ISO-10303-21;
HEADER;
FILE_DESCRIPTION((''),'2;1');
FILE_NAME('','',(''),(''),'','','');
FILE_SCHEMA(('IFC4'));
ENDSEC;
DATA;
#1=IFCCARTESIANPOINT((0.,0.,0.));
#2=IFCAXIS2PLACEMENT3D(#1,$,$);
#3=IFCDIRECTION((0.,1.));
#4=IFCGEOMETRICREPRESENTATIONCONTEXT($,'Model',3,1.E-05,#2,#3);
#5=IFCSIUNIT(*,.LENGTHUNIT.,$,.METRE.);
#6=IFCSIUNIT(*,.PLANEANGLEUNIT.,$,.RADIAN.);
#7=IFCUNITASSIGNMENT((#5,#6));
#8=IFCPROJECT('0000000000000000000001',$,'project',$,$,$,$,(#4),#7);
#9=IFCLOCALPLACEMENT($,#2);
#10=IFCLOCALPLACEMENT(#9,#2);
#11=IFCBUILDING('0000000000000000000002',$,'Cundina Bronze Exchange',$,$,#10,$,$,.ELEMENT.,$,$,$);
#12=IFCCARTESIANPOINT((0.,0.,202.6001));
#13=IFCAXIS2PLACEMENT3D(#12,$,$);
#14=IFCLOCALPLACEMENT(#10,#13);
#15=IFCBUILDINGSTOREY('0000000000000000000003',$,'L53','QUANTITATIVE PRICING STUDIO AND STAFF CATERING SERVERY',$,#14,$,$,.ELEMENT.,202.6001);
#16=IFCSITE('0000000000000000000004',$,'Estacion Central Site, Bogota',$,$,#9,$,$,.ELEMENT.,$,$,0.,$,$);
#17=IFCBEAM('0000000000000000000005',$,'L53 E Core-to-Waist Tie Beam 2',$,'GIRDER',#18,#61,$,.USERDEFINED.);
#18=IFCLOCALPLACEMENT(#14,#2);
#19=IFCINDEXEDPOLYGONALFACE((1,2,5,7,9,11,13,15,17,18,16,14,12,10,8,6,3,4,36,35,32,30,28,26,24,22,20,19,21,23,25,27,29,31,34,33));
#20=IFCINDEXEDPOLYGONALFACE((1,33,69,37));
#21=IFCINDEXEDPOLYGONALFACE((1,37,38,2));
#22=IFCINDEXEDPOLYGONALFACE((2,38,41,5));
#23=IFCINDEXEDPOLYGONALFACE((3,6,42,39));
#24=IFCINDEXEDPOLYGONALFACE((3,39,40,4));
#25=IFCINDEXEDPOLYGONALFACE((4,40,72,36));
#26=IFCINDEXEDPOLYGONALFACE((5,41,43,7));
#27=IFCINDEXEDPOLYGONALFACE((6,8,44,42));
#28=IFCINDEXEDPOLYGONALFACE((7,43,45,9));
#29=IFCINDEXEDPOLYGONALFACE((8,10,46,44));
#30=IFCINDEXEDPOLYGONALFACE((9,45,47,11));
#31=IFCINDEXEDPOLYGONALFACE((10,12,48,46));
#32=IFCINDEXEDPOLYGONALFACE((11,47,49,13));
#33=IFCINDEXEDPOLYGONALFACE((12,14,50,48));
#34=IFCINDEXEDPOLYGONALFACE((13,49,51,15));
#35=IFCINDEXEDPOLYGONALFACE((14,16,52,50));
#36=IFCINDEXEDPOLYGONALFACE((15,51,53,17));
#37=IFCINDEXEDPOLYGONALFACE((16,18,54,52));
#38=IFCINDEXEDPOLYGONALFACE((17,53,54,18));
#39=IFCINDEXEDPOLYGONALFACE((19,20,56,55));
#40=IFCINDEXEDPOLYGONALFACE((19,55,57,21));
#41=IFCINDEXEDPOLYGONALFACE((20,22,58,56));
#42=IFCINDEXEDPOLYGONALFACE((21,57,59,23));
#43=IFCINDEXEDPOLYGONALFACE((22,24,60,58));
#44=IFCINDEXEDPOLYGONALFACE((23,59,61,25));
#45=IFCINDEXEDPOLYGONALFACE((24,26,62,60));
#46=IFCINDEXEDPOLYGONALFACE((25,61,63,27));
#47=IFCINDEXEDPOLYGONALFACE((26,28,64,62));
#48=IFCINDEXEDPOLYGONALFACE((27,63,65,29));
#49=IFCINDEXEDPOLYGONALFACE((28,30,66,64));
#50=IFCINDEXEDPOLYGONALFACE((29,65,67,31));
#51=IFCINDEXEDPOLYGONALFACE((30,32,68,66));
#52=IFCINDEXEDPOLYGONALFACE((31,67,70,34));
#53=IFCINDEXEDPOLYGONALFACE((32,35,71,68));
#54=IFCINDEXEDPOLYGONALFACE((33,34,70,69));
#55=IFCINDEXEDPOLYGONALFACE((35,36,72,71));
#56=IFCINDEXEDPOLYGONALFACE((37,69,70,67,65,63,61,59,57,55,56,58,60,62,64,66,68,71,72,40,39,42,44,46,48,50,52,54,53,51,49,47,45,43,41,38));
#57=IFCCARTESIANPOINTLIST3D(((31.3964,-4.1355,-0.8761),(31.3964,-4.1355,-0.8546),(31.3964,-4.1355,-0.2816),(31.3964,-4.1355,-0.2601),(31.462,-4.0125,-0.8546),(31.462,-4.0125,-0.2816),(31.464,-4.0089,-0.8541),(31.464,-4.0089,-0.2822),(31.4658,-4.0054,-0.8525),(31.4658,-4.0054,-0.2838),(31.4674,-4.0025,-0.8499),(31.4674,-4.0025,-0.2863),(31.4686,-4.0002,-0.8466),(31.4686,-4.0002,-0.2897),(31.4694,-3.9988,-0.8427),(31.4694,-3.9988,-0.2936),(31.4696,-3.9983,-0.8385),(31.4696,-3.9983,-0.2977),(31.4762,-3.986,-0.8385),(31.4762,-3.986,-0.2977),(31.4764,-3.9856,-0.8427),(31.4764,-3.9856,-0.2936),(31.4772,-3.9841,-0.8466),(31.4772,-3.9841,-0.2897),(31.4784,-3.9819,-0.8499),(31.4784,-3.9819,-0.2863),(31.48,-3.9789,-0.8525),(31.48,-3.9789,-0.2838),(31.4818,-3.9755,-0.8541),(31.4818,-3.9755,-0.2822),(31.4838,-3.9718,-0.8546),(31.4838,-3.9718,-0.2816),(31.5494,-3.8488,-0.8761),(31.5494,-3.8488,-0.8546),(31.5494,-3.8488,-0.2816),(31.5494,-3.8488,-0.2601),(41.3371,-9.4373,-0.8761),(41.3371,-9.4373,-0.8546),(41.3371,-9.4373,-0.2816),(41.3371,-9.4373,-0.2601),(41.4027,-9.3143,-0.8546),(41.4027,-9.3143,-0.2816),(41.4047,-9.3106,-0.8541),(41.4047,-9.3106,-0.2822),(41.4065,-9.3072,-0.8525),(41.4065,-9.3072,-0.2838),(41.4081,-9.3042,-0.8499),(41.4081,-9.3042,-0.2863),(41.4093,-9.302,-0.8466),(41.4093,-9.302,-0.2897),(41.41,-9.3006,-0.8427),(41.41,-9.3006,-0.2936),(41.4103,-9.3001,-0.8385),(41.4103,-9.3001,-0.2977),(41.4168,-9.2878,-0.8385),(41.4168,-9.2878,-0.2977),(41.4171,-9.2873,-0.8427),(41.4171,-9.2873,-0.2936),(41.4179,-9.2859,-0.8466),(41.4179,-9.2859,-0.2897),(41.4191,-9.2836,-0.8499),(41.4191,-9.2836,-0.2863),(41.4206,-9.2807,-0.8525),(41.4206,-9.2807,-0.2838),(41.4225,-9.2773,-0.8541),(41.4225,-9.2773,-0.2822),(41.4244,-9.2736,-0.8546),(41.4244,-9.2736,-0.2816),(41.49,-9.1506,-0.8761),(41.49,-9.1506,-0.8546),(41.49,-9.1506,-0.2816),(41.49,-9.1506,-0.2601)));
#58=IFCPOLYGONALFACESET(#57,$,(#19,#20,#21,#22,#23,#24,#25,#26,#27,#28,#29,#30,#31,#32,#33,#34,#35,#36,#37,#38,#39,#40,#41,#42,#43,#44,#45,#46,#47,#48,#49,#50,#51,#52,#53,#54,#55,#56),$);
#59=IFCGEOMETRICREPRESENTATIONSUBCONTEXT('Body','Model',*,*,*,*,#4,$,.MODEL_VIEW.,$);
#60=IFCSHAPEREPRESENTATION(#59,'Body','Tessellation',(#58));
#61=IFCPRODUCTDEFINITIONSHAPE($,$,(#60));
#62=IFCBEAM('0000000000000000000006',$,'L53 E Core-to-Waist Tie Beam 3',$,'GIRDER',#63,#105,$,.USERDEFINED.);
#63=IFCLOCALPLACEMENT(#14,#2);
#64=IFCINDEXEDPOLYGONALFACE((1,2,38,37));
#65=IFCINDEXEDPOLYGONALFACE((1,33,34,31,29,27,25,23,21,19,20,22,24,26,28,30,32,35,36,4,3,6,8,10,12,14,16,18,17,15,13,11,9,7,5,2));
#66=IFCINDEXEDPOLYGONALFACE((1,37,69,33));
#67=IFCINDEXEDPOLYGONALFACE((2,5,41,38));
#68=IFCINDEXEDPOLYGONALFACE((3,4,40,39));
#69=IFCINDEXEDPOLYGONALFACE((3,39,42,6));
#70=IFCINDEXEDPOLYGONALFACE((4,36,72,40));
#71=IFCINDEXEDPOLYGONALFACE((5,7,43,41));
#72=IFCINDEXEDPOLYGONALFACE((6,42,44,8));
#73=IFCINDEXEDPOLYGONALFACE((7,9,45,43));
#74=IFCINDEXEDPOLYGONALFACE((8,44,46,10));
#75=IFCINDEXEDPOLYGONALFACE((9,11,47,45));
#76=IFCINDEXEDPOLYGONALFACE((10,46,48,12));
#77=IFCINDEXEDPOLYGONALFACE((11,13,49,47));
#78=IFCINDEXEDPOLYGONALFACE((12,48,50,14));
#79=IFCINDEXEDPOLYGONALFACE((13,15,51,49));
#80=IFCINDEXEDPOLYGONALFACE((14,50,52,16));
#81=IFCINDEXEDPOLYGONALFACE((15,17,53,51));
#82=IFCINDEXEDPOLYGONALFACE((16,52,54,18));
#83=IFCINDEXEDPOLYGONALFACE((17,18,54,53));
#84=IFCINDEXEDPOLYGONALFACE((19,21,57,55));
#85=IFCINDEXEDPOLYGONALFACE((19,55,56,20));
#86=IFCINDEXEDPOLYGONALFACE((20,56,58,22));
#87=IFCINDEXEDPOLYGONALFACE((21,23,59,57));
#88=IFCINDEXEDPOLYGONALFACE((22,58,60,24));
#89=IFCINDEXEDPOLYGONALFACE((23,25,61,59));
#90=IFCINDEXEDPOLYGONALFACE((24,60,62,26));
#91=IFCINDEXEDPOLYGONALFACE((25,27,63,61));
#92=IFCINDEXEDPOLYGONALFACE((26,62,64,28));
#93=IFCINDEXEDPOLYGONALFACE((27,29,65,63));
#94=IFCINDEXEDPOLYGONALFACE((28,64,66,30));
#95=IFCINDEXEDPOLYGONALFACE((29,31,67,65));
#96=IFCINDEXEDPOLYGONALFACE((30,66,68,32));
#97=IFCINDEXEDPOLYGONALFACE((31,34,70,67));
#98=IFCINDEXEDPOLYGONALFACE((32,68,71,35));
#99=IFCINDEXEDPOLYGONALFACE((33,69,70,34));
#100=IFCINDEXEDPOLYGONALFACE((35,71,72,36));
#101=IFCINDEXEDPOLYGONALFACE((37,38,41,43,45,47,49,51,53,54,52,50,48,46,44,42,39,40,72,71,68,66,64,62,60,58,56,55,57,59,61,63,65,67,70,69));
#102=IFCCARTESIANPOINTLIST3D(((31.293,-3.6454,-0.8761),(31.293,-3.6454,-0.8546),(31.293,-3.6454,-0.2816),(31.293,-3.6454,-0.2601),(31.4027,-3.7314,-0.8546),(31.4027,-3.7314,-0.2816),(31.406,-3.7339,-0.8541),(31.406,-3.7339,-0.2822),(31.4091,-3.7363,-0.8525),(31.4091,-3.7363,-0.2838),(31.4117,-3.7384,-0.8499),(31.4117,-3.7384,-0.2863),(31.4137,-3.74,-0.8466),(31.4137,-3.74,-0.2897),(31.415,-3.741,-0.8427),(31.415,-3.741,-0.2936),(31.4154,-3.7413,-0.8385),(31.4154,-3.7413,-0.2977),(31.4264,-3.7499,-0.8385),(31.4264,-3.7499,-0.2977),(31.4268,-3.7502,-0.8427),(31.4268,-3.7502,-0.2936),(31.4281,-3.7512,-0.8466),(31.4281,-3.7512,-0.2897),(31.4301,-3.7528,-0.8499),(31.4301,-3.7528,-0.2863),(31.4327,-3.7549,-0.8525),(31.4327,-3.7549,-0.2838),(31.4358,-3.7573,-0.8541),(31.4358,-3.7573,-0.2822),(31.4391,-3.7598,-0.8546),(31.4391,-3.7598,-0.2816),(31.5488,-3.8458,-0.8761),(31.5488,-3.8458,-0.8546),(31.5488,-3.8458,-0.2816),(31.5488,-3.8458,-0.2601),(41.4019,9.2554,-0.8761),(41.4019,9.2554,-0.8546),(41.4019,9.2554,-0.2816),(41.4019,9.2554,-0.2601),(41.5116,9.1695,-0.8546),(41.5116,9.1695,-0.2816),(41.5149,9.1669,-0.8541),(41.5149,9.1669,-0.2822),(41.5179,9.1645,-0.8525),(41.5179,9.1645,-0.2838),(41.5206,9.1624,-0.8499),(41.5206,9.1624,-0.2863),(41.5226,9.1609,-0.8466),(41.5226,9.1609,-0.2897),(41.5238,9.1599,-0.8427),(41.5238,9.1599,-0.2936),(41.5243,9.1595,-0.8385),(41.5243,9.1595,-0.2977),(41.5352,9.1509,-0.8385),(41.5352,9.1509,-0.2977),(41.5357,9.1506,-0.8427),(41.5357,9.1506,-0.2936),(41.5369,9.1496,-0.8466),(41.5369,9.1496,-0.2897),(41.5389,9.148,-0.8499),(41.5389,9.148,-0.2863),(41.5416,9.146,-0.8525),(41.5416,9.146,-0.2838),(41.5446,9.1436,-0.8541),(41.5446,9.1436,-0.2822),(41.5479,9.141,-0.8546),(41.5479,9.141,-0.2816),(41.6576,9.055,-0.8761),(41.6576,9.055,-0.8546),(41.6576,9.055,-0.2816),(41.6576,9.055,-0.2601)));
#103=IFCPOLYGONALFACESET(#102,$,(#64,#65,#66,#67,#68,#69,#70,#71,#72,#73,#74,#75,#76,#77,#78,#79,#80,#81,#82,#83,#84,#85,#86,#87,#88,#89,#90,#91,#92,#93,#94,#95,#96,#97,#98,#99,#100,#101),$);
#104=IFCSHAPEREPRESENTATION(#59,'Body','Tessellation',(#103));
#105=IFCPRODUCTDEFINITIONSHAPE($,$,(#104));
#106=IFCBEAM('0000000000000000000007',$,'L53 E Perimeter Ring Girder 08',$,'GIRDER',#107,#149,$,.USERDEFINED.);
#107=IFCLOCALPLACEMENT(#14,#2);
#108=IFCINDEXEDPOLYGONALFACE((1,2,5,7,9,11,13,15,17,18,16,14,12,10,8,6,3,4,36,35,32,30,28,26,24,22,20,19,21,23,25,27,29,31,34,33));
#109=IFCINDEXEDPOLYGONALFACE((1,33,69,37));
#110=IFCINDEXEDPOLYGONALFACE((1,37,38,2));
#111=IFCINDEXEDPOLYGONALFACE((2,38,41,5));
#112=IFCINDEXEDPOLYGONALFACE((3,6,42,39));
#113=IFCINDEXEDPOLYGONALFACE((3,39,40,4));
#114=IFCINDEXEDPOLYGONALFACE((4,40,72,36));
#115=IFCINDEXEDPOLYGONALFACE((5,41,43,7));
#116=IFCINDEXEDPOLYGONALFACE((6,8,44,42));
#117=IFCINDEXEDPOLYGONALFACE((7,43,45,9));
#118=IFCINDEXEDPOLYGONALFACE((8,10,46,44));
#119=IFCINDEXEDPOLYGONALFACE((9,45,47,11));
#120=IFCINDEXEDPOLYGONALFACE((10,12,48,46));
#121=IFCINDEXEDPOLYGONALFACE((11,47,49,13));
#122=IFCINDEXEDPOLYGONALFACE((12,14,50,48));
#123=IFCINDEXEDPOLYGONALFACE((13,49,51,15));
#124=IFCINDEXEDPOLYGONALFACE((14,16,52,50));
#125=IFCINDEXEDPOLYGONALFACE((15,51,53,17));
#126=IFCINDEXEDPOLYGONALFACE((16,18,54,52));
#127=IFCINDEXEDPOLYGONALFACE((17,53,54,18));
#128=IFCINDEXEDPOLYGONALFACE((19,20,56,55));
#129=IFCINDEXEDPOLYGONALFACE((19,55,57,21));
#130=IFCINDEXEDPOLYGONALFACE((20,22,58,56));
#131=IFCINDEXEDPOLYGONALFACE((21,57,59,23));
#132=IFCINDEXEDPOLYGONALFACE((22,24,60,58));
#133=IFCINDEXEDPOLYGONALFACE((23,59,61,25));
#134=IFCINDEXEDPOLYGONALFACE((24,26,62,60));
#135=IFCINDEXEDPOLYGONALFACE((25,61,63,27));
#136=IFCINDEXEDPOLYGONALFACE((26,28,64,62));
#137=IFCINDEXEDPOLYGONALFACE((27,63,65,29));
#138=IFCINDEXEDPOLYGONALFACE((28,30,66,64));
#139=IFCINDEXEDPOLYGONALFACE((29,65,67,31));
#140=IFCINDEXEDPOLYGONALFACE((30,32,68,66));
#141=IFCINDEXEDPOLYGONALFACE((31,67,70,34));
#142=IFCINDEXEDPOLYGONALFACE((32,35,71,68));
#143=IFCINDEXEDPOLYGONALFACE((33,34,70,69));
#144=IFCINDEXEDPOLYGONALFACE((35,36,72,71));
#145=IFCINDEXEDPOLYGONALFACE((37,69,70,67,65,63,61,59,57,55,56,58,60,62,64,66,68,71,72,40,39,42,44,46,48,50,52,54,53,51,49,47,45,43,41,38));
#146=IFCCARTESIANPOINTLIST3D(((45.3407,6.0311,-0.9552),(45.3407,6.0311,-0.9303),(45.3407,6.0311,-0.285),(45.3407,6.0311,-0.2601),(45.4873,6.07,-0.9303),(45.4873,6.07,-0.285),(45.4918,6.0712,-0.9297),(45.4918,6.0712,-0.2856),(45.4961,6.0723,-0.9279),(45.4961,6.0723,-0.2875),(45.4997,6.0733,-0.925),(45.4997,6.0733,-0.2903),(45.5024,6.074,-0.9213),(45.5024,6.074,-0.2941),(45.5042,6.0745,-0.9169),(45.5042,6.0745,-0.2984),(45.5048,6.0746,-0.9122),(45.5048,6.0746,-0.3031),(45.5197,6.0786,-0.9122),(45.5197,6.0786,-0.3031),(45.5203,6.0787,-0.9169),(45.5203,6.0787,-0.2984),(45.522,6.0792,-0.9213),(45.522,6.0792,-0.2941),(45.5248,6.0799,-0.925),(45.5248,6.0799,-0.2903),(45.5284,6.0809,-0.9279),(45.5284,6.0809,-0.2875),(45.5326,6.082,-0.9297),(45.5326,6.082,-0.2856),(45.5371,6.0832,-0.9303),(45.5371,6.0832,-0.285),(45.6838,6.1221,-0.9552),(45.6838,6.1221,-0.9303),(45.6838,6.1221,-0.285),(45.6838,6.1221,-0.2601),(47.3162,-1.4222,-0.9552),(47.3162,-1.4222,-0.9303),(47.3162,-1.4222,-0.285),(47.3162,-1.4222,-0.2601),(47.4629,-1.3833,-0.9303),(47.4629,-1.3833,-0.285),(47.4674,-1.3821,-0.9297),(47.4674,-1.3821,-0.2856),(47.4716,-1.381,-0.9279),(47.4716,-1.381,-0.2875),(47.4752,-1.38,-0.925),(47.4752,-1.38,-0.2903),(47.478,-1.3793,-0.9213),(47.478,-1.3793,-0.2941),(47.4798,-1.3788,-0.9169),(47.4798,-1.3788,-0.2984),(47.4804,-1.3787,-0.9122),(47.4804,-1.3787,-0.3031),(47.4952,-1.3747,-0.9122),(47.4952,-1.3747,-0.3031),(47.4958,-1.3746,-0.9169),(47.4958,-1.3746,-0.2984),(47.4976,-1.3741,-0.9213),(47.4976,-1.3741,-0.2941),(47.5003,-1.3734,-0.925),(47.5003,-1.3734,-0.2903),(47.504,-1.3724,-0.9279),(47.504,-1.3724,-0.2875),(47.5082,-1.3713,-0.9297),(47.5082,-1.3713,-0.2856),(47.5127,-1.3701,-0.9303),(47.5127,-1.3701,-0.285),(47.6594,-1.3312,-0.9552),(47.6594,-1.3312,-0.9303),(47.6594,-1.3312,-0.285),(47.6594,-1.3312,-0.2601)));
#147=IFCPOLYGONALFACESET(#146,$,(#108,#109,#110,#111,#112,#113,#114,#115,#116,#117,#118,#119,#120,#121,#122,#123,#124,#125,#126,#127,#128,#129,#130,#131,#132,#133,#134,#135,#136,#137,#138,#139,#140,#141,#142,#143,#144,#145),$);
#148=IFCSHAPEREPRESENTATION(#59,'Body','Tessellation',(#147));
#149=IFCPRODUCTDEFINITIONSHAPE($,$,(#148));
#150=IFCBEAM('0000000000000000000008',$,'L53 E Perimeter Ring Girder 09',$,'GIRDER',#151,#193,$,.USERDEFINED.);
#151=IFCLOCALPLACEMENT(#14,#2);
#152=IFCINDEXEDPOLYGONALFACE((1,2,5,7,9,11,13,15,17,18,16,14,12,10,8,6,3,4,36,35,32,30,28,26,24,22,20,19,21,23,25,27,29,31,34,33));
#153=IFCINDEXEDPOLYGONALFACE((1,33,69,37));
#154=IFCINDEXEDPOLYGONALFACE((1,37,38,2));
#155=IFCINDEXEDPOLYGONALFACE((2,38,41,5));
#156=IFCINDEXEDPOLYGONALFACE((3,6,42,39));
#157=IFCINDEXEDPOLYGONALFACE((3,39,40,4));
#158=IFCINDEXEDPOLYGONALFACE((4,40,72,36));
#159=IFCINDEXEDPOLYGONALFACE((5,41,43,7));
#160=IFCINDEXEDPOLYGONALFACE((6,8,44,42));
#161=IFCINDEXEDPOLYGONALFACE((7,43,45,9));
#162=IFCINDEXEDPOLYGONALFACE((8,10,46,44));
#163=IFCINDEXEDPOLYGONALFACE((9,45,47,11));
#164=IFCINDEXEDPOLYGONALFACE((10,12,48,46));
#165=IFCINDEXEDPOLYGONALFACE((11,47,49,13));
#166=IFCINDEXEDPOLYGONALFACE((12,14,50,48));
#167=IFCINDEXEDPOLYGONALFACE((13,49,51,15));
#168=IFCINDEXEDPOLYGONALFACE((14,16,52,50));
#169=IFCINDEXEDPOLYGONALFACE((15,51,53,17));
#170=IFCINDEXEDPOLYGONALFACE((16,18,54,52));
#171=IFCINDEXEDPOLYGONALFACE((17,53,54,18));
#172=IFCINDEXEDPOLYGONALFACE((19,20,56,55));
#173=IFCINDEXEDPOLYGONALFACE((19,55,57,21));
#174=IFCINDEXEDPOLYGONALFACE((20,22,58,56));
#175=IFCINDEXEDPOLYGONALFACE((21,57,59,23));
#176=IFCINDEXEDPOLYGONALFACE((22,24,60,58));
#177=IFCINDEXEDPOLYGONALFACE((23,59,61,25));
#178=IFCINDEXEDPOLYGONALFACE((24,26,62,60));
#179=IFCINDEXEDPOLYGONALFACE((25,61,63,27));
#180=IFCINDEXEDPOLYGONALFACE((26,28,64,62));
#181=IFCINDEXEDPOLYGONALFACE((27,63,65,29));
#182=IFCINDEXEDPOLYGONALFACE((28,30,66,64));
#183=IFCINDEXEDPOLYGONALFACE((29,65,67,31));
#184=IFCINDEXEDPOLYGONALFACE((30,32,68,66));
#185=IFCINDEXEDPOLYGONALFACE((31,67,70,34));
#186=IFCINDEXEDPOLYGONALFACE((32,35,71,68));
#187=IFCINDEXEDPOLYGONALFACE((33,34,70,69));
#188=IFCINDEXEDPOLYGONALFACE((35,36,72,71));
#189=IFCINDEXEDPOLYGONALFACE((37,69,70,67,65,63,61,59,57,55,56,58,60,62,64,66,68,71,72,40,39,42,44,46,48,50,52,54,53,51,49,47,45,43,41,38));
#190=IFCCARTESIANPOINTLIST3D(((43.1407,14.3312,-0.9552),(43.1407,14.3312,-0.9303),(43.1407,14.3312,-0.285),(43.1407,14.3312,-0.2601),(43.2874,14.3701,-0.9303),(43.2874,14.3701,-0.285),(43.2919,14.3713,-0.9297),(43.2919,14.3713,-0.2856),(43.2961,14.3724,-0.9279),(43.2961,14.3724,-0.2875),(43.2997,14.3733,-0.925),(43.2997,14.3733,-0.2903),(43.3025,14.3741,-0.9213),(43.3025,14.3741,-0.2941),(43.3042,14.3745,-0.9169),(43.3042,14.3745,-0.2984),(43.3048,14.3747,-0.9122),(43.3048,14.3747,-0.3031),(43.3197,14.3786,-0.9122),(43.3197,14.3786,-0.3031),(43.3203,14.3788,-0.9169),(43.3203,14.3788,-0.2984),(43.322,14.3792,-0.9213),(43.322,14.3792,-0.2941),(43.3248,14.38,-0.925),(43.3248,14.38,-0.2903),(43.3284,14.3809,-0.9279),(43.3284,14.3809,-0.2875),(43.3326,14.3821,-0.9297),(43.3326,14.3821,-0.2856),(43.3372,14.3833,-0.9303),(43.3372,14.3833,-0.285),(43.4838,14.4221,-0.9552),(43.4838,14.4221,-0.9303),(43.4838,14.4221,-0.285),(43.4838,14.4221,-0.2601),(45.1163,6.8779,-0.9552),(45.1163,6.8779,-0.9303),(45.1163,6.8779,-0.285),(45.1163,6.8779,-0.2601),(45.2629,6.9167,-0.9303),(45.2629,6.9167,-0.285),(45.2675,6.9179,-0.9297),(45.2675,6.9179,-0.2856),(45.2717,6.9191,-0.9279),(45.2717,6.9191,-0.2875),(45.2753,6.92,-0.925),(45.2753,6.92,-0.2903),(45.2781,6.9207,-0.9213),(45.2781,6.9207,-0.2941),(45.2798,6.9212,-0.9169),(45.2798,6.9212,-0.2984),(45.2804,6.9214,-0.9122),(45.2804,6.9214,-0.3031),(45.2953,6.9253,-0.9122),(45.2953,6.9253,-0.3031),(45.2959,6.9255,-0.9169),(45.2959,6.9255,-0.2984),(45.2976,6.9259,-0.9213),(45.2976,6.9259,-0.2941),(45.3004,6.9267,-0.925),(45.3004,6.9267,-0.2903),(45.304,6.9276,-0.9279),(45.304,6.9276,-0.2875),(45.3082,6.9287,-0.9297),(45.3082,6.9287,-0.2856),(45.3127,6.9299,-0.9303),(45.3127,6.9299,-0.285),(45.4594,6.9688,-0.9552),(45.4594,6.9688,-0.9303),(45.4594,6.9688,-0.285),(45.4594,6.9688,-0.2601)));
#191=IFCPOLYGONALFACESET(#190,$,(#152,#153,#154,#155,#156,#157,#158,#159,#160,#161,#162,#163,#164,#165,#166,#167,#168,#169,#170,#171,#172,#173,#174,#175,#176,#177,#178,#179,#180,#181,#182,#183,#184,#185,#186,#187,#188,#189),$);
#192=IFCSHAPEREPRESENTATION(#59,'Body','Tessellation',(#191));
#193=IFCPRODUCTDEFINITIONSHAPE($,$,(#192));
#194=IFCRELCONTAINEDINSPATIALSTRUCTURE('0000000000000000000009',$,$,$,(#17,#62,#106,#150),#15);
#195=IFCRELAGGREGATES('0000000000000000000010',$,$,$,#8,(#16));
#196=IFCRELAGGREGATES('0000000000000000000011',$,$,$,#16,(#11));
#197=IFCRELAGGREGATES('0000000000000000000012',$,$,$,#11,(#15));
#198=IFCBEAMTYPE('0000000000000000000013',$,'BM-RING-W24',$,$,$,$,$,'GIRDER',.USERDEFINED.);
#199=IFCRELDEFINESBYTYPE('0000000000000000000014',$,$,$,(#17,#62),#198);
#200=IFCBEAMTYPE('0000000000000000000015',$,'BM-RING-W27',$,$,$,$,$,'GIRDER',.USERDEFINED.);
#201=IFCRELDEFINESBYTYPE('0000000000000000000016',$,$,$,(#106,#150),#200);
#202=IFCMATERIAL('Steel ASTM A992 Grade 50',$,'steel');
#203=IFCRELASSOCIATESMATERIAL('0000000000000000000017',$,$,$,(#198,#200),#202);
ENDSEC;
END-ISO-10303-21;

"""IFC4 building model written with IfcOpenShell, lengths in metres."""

from ifc_helpers import new_model, si_unit, direction, frame, origin, origin_2d, place, context, subcontext, project, spatial, i_section, extrude, material, material_profile, profile_set, type_object, element, save


model = new_model("IFC4")

# Units and contexts
model_context = context("Model", 3, precision=1e-05, world=origin(), true_north=direction((0.0, 1.0)))
body_context = subcontext(model_context, "Body", "Model", "MODEL_VIEW")
ifc_project = project(units=[si_unit("LENGTHUNIT", "METRE"), si_unit("PLANEANGLEUNIT", "RADIAN")], contexts=[model_context])

# Site, building, storey
site_placement = place(None, origin())
site = spatial("IfcSite", under=ifc_project, at=site_placement, Name="Estacion Central Site, Bogota", CompositionType="ELEMENT", RefElevation=0.0)
building_placement = place(site_placement, origin())
building = spatial("IfcBuilding", under=site, at=building_placement, Name="Cundina Bronze Exchange", CompositionType="ELEMENT")
storey_placement = place(building_placement, frame((0.0, 0.0, 202.6001)))
storey = spatial("IfcBuildingStorey", under=building, at=storey_placement, Name="L53", Description="QUANTITATIVE PRICING STUDIO AND STAFF CATERING SERVERY", CompositionType="ELEMENT", Elevation=202.6001)

# Shared definitions
ifc_material_1 = material(Name="Steel ASTM A992 Grade 50", Category="steel")

# Beams
ifc_material_profile_1 = material_profile(ifc_material_1, i_section(OverallWidth=0.325, OverallDepth=0.616, WebThickness=0.0139, FlangeThickness=0.0215, FilletRadius=0.0161, at=origin_2d()), Name="W24X117", Category="steel")
ifc_profile_set_1 = profile_set([ifc_material_profile_1], Name="Steel ASTM A992 Grade 50")
beam_type_1 = type_object("IfcBeamType", Name="BM-RING-W24", ElementType="GIRDER", PredefinedType="USERDEFINED", material=ifc_profile_set_1)
beam_1_placement = place(storey_placement, frame((31.4729, -3.9922, -0.5681), z_axis=(0.882351, -0.470593, 0.0), x_axis=(0.470593, 0.882351, 0.0)))
element("IfcBeam", 1, at=beam_1_placement, inside=storey, type_object=beam_type_1, Name="L53 E Core-to-Waist Tie Beam 2", ObjectType="GIRDER", PredefinedType="USERDEFINED", context=body_context, shape_type="SweptSolid", body=[
    extrude(i_section(OverallWidth=0.325, OverallDepth=0.616, WebThickness=0.0139, FlangeThickness=0.0215, FilletRadius=0.0161, at=origin_2d()), origin(), (0.0, 0.0, 1.0), 11.2661),
])
beam_2_placement = place(storey_placement, frame((31.4209, -3.7456, -0.5681), z_axis=(0.616783, 0.787133, 0.0), x_axis=(-0.787133, 0.616783, 0.0)))
element("IfcBeam", 2, at=beam_2_placement, inside=storey, type_object=beam_type_1, Name="L53 E Core-to-Waist Tie Beam 3", ObjectType="GIRDER", PredefinedType="USERDEFINED", context=body_context, shape_type="SweptSolid", body=[
    extrude(i_section(OverallWidth=0.325, OverallDepth=0.616, WebThickness=0.0139, FlangeThickness=0.0215, FilletRadius=0.0161, at=origin_2d()), origin(), (0.0, 0.0, 1.0), 16.3896),
])
ifc_material_profile_2 = material_profile(ifc_material_1, i_section(OverallWidth=0.355, OverallDepth=0.6951, WebThickness=0.0154, FlangeThickness=0.0249, FilletRadius=0.0181, at=origin_2d()), Name="W27X146", Category="steel")
ifc_profile_set_2 = profile_set([ifc_material_profile_2], Name="Steel ASTM A992 Grade 50")
beam_type_2 = type_object("IfcBeamType", Name="BM-RING-W27", ElementType="GIRDER", PredefinedType="USERDEFINED", material=ifc_profile_set_2)
for number, where, z_axis, x_axis, name in (
    (3, (47.4878, -1.3767, -0.6077), (-0.256212, 0.966621, 0.0), (-0.966621, -0.256212, 0.0), "L53 E Perimeter Ring Girder 08"),
    (4, (45.2878, 6.9233, -0.6077), (-0.256212, 0.966621, 0.0), (-0.966621, -0.256212, 0.0), "L53 E Perimeter Ring Girder 09"),
):
    element("IfcBeam", number, at=place(storey_placement, frame(where, z_axis=z_axis, x_axis=x_axis)), inside=storey, type_object=beam_type_2, Name=name, ObjectType="GIRDER", PredefinedType="USERDEFINED", context=body_context, shape_type="SweptSolid", body=[
        extrude(i_section(OverallWidth=0.355, OverallDepth=0.6951, WebThickness=0.0154, FlangeThickness=0.0249, FilletRadius=0.0181, at=origin_2d()), origin(), (0.0, 0.0, 1.0), 7.7107),
    ])

save(model, "model.ifc")
